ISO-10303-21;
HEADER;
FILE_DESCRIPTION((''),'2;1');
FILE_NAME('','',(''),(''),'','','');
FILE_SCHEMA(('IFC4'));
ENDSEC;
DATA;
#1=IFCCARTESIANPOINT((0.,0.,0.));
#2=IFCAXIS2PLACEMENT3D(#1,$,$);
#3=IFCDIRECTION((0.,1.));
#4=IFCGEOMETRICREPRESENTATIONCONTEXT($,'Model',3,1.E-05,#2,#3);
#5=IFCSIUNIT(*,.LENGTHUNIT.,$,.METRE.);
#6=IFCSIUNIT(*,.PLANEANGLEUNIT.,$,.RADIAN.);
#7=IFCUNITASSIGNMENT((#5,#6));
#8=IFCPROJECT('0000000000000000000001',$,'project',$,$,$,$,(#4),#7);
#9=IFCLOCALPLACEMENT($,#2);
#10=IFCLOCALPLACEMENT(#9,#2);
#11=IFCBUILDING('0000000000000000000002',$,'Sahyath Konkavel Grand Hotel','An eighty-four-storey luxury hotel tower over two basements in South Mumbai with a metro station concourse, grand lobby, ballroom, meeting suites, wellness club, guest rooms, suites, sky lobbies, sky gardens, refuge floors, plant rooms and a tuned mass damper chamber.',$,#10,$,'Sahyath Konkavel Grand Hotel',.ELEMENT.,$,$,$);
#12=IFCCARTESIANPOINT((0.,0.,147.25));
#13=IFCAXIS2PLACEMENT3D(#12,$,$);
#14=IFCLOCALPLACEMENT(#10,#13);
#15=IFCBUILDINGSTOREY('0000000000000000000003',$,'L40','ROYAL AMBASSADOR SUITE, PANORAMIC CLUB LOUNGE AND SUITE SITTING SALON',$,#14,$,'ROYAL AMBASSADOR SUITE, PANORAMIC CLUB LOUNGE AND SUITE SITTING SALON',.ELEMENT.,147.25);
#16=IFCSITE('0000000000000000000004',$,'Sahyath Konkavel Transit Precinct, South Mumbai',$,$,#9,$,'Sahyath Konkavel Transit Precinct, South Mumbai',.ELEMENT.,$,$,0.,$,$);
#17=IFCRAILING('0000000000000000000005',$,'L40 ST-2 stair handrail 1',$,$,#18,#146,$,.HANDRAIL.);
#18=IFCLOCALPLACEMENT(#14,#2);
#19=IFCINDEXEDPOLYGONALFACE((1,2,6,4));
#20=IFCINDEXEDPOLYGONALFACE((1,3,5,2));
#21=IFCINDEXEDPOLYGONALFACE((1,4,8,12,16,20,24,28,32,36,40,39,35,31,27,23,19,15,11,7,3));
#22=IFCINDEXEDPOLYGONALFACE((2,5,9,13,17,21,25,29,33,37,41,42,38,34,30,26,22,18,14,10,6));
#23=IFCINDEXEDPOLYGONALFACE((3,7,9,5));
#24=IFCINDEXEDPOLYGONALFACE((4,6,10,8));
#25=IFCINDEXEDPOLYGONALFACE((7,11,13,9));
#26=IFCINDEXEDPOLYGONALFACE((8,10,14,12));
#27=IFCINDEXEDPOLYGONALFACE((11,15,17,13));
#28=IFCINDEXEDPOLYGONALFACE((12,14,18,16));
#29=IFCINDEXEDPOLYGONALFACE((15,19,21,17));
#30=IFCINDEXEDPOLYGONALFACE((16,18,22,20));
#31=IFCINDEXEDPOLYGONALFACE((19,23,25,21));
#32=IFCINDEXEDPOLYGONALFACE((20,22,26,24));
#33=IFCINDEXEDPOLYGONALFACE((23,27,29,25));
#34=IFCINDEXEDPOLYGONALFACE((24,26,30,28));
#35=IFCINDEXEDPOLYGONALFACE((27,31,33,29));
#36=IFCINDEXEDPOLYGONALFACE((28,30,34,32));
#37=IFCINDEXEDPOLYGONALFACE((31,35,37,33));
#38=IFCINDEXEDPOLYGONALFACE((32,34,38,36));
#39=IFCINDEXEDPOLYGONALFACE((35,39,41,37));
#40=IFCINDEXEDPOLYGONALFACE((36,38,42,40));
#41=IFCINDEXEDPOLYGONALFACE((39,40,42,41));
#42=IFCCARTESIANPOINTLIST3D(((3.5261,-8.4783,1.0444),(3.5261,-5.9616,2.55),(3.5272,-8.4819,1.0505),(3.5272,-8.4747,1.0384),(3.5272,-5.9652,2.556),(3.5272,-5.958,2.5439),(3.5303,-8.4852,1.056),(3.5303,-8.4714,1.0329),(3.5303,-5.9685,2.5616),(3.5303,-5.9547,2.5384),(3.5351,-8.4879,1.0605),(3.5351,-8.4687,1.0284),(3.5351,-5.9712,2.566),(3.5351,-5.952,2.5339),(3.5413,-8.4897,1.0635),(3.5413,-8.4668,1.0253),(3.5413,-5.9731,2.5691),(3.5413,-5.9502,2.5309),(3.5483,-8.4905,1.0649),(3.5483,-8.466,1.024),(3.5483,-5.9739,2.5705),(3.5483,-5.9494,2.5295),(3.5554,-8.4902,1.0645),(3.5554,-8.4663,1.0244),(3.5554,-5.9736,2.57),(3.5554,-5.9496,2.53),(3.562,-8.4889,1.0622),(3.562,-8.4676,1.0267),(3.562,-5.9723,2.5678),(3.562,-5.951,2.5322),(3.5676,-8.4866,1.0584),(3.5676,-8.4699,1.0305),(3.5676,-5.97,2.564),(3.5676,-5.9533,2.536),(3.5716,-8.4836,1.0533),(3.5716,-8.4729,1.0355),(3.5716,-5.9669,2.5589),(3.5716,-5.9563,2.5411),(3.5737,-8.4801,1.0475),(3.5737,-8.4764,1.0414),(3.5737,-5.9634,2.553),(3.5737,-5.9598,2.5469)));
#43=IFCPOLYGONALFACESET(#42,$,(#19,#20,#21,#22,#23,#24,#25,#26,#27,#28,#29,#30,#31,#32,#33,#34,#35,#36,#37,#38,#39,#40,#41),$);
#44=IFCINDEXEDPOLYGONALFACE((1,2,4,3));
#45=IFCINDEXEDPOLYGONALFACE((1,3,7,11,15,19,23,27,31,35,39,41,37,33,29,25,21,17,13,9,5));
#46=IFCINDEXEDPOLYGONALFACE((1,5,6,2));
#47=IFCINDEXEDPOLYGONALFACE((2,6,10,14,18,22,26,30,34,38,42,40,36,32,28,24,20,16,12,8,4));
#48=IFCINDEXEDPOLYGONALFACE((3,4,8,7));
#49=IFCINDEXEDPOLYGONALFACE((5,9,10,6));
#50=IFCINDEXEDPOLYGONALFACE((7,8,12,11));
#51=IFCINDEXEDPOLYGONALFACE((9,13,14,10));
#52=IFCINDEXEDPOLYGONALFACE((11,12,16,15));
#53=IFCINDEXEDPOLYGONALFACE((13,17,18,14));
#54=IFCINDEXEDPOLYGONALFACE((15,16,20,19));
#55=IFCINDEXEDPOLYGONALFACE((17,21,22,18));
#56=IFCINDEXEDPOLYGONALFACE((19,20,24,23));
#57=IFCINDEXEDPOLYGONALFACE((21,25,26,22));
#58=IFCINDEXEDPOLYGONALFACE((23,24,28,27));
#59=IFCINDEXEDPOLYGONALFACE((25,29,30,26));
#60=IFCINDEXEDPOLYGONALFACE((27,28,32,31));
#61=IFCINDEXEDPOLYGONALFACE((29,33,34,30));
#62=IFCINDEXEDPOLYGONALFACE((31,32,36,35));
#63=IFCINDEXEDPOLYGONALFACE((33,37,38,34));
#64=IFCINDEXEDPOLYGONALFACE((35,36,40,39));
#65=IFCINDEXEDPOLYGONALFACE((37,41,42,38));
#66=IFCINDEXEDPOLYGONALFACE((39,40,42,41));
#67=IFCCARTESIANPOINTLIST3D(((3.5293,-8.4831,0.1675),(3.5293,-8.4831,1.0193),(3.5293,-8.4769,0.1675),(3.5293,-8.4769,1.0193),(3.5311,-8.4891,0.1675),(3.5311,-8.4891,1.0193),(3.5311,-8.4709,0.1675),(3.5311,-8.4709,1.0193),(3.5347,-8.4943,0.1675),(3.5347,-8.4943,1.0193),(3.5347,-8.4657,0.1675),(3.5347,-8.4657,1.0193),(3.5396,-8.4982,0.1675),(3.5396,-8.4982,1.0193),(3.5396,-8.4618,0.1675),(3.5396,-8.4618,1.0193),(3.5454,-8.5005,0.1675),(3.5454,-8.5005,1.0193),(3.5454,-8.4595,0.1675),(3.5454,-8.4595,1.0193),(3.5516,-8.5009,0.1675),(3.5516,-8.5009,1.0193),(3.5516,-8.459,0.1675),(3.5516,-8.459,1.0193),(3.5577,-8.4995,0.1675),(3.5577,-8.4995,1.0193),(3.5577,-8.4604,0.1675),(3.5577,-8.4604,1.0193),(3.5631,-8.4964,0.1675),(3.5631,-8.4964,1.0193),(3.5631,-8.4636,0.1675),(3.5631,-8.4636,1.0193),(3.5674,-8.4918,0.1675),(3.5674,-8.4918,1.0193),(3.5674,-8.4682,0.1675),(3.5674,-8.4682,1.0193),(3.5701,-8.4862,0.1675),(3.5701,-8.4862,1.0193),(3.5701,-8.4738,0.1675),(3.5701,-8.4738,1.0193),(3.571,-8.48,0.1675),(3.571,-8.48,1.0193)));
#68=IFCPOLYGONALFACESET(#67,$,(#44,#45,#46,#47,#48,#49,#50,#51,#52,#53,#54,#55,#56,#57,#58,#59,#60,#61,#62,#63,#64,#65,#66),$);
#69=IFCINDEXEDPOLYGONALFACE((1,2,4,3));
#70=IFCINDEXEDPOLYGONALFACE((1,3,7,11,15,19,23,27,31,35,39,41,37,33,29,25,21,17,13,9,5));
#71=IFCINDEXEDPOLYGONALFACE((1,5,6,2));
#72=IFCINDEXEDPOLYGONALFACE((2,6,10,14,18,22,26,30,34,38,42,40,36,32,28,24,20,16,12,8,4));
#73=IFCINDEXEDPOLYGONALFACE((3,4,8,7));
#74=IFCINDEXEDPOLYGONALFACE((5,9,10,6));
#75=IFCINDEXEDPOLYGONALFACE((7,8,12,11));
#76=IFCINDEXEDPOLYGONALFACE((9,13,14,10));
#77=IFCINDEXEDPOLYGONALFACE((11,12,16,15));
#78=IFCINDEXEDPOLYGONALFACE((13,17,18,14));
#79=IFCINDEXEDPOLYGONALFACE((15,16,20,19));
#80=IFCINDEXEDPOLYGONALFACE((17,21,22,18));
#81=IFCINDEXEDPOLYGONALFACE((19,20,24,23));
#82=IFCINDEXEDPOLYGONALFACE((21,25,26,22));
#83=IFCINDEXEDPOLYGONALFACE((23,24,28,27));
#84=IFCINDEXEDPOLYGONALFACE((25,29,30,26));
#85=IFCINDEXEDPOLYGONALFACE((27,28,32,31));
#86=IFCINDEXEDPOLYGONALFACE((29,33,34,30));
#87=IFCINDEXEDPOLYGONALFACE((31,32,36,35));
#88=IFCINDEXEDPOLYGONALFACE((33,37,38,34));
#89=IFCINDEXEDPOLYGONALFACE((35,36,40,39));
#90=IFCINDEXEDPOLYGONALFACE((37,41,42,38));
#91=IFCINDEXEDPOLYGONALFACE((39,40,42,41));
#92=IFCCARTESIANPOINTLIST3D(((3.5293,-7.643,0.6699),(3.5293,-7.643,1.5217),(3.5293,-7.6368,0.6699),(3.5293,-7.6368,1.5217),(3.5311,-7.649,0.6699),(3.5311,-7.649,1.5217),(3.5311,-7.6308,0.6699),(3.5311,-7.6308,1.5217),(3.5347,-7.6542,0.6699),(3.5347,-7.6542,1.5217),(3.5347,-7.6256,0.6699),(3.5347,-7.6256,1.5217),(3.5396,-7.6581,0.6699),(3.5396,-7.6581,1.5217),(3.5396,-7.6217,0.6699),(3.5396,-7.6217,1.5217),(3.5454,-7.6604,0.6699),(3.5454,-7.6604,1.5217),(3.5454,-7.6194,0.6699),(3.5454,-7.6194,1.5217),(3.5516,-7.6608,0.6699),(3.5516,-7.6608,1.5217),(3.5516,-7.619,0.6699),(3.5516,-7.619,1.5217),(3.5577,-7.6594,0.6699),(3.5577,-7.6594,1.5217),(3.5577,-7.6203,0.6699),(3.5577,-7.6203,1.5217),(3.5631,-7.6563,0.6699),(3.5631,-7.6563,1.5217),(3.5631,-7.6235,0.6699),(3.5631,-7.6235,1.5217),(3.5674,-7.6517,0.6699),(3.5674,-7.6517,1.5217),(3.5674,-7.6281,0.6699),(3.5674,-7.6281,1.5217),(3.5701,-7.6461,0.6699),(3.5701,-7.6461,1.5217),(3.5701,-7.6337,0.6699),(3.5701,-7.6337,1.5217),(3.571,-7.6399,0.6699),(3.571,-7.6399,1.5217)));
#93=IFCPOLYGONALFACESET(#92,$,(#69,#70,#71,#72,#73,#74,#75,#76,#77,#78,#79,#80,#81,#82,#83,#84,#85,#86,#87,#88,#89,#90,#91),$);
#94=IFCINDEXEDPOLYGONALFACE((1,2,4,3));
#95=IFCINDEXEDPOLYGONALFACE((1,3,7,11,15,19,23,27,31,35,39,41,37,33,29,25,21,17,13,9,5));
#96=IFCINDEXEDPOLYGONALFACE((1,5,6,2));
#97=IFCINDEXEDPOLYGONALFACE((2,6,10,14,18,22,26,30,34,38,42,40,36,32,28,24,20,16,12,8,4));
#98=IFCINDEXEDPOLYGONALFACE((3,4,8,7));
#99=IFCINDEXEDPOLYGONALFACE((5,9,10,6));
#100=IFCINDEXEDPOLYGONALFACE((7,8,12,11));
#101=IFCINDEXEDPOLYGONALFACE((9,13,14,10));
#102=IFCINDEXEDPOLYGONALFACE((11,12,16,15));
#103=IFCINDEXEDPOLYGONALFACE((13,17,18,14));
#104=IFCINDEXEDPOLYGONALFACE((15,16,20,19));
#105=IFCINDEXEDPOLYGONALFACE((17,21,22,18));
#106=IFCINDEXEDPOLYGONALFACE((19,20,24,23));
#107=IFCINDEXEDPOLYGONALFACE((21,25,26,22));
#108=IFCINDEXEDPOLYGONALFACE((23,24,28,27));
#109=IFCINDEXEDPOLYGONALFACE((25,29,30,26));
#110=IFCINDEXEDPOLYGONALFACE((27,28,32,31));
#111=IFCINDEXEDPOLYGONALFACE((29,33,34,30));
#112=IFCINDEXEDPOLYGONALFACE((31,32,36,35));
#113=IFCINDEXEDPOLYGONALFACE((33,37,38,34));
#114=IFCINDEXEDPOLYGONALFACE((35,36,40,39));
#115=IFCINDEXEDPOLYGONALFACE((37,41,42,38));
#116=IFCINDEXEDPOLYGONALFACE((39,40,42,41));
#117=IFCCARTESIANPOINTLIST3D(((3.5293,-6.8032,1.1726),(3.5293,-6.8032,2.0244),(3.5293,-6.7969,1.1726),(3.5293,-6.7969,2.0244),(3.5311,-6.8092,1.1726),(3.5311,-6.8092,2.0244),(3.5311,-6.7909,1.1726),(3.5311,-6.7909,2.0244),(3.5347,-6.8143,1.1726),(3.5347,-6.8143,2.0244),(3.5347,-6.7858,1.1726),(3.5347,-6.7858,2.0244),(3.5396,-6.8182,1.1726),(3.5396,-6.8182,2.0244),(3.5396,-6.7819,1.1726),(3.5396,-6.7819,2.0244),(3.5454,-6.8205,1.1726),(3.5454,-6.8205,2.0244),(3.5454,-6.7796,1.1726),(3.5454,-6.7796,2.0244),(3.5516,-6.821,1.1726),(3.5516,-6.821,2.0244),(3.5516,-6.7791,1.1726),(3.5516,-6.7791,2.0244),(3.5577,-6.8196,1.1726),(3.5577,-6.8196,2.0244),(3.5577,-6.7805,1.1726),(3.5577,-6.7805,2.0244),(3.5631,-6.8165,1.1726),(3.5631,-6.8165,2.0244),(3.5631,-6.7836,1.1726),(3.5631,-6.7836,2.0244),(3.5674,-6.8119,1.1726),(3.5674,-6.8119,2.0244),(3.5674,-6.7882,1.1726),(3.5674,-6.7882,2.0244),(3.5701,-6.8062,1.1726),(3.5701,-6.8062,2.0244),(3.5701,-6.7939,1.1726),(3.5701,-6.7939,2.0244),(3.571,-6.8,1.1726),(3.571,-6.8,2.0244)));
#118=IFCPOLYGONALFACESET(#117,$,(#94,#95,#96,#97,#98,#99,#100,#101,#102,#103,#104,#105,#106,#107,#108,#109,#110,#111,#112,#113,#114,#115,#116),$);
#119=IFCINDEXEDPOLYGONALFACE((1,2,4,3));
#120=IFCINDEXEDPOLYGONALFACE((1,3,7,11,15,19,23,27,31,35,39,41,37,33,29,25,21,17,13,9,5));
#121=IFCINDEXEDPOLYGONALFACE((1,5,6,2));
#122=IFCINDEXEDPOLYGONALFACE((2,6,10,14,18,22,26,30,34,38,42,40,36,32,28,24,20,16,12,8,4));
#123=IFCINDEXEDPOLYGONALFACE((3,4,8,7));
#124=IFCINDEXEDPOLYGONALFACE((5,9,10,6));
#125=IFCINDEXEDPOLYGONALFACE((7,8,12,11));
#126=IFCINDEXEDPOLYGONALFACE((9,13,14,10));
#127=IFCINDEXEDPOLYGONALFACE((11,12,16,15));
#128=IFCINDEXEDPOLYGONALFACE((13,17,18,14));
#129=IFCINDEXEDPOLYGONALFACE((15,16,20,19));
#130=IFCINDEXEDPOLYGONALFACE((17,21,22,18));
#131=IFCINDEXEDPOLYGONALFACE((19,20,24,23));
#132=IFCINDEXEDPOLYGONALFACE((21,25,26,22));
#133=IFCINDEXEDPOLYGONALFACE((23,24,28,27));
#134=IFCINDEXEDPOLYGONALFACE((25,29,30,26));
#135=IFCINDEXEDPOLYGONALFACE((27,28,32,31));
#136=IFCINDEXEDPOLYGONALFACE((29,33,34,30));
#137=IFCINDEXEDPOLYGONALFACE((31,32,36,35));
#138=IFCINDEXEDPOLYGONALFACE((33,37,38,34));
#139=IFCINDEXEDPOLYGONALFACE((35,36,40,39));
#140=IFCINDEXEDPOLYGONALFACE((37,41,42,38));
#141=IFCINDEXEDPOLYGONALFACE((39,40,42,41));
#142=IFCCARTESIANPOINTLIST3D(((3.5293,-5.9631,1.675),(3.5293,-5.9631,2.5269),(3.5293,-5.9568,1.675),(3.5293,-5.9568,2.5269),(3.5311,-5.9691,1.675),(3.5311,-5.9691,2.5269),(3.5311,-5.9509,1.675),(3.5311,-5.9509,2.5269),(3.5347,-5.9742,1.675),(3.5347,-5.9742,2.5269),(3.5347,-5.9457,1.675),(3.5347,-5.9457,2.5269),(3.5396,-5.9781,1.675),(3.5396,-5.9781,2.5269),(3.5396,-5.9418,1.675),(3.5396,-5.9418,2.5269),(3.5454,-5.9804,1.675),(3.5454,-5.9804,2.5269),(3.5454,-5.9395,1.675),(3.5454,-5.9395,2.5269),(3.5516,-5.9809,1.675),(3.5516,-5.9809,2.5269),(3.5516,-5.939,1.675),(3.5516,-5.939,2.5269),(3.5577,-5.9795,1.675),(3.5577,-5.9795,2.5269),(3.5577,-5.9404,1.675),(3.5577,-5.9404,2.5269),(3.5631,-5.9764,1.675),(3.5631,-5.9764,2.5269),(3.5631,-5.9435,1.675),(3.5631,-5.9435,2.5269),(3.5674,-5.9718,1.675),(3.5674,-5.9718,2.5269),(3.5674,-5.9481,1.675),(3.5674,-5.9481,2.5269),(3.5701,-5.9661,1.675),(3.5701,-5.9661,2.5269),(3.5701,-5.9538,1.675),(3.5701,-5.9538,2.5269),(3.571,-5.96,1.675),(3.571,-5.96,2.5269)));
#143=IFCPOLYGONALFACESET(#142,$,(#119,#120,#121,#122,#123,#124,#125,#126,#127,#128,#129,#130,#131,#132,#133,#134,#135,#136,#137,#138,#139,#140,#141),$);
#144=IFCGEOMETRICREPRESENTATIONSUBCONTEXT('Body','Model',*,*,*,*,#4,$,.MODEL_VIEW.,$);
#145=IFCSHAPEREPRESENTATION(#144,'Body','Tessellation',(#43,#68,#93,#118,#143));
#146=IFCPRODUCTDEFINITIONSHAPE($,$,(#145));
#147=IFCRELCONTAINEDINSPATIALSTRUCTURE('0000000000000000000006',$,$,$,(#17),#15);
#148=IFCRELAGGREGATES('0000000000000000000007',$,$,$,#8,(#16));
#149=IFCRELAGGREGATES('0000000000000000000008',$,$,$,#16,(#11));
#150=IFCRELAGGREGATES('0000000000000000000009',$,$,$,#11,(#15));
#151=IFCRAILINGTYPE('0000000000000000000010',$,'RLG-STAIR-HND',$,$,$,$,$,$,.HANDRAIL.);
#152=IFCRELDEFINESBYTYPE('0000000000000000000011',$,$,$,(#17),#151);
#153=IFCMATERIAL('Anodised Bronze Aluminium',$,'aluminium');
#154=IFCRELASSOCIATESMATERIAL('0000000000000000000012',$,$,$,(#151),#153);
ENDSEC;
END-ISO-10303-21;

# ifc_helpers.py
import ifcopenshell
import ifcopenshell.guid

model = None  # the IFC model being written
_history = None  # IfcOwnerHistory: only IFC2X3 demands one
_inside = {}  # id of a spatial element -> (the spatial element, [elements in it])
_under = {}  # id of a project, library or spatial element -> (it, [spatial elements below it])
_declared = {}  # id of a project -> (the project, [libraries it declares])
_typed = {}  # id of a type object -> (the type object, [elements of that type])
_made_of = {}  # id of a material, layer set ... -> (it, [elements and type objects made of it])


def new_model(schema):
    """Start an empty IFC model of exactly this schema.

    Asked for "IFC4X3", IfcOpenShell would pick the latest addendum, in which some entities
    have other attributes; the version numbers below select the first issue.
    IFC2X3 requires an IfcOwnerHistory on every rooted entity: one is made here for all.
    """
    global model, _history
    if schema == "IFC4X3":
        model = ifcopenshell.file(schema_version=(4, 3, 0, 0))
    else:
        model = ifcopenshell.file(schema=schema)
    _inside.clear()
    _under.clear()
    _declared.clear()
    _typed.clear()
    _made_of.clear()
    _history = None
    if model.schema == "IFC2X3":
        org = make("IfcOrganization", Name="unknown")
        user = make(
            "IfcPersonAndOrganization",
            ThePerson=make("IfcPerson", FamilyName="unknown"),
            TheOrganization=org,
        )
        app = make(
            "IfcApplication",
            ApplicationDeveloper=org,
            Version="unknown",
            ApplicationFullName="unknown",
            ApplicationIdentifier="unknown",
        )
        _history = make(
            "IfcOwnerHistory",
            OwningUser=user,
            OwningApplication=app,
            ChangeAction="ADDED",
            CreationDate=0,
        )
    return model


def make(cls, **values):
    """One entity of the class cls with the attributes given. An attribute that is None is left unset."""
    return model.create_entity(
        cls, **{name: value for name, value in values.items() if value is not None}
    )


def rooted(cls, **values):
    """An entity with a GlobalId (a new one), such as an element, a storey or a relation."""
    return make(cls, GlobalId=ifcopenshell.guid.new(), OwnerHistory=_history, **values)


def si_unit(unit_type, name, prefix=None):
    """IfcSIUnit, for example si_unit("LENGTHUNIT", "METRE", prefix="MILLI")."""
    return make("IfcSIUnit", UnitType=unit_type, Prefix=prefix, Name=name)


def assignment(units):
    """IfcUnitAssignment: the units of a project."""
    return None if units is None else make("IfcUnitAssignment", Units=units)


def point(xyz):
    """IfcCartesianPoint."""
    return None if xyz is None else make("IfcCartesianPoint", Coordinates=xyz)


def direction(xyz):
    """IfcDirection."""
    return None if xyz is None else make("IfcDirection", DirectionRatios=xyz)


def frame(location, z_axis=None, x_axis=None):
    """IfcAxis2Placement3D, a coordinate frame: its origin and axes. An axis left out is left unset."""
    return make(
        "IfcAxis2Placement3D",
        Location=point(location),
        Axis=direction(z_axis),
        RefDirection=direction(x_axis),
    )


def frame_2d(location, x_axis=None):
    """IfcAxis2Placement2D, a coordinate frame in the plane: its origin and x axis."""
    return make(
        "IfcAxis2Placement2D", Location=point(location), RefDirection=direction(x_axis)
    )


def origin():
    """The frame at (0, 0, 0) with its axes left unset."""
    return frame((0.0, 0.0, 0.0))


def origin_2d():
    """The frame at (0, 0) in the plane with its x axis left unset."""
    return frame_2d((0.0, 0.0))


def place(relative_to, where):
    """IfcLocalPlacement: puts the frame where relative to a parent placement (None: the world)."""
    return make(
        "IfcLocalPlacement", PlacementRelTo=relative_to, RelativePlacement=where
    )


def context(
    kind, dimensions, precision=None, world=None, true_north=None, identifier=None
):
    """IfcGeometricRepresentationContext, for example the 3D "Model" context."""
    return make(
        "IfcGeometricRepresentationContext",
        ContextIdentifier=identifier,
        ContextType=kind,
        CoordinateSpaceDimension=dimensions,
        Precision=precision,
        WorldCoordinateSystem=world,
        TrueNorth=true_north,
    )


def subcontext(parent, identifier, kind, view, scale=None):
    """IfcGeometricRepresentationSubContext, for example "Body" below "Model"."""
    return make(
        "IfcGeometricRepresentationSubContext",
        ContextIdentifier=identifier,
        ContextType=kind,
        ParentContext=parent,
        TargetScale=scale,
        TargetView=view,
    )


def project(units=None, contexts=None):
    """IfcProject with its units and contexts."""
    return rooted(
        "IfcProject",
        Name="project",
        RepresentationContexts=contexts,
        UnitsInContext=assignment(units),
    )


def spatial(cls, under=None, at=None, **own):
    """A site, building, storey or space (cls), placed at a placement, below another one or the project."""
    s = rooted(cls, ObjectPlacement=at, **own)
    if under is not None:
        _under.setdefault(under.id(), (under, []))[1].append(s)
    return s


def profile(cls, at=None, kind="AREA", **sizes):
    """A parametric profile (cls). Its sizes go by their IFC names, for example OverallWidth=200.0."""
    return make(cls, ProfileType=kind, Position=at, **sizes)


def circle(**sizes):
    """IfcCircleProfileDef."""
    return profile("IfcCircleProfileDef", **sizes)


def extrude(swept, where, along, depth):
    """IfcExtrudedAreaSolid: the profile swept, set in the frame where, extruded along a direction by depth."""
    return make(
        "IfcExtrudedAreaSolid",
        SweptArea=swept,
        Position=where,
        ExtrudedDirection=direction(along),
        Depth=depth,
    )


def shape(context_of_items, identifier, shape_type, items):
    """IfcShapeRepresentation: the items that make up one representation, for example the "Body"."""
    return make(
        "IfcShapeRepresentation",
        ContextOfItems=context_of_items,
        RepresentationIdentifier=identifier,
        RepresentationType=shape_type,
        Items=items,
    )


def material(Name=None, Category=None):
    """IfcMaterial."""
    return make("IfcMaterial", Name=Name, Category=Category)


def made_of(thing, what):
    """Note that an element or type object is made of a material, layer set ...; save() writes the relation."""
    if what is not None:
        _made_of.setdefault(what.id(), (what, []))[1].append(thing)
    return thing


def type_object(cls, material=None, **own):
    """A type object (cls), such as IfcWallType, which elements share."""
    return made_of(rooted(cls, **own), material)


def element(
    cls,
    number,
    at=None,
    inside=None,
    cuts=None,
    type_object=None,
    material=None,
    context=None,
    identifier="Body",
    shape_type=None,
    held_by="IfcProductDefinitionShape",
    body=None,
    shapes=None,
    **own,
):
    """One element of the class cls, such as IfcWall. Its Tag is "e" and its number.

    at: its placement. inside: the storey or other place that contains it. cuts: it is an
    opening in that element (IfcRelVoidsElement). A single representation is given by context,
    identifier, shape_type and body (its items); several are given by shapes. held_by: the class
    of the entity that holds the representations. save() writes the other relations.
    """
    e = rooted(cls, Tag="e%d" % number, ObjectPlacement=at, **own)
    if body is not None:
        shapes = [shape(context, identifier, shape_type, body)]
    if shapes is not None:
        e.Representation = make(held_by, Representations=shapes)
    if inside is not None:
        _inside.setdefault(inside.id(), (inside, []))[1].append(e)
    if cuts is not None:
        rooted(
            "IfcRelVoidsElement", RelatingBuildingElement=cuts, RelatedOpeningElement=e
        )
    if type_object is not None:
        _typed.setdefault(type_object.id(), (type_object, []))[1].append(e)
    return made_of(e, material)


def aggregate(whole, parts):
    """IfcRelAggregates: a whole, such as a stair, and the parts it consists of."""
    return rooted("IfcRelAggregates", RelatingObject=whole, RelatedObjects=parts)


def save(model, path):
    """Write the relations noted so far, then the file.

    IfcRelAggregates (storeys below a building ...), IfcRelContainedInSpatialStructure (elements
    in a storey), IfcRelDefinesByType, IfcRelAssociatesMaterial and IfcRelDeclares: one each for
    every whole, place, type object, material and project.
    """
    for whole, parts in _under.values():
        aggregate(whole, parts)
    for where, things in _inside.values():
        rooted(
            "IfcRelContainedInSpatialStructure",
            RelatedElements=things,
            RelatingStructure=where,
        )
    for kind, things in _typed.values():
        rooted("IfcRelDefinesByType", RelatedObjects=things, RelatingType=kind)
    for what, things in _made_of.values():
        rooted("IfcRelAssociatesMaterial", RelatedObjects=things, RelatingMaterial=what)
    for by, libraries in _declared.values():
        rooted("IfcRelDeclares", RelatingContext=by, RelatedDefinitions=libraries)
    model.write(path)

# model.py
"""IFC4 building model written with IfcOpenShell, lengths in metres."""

from ifc_helpers import new_model, si_unit, direction, frame, origin, origin_2d, place, context, subcontext, project, spatial, circle, extrude, material, type_object, element, save


model = new_model("IFC4")

# Units and contexts
model_context = context("Model", 3, precision=1e-05, world=origin(), true_north=direction((0.0, 1.0)))
body_context = subcontext(model_context, "Body", "Model", "MODEL_VIEW")
ifc_project = project(units=[si_unit("LENGTHUNIT", "METRE"), si_unit("PLANEANGLEUNIT", "RADIAN")], contexts=[model_context])

# Site, building, storey
site_placement = place(None, origin())
site = spatial("IfcSite", under=ifc_project, at=site_placement, Name="Sahyath Konkavel Transit Precinct, South Mumbai", LongName="Sahyath Konkavel Transit Precinct, South Mumbai", CompositionType="ELEMENT", RefElevation=0.0)
building_placement = place(site_placement, origin())
building = spatial("IfcBuilding", under=site, at=building_placement, Name="Sahyath Konkavel Grand Hotel", Description="An eighty-four-storey luxury hotel tower over two basements in South Mumbai with a metro station concourse, grand lobby, ballroom, meeting suites, wellness club, guest rooms, suites, sky lobbies, sky gardens, refuge floors, plant rooms and a tuned mass damper chamber.", LongName="Sahyath Konkavel Grand Hotel", CompositionType="ELEMENT")
storey_placement = place(building_placement, frame((0.0, 0.0, 147.25)))
storey = spatial("IfcBuildingStorey", under=building, at=storey_placement, Name="L40", Description="ROYAL AMBASSADOR SUITE, PANORAMIC CLUB LOUNGE AND SUITE SITTING SALON", LongName="ROYAL AMBASSADOR SUITE, PANORAMIC CLUB LOUNGE AND SUITE SITTING SALON", CompositionType="ELEMENT", Elevation=147.25)

# Shared definitions
ifc_material_1 = material(Name="Anodised Bronze Aluminium", Category="aluminium")

# Railing
railing_type_1 = type_object("IfcRailingType", Name="RLG-STAIR-HND", PredefinedType="HANDRAIL", material=ifc_material_1)
railing_1_placement = place(storey_placement, frame((3.55, -8.48, 0.1675)))
element("IfcRailing", 1, at=railing_1_placement, inside=storey, type_object=railing_type_1, Name="L40 ST-2 stair handrail 1", PredefinedType="HANDRAIL", context=body_context, shape_type="SweptSolid", body=[
    extrude(circle(Radius=0.0239, at=origin_2d()), frame((0.0, 0.0017, 0.877), z_axis=(0.0, 0.85816, 0.513383), x_axis=(-1.0, 0.0, 0.0)), (0.0, 0.0, 1.0), 2.9326),
    extrude(circle(Radius=0.021, at=origin_2d()), origin(), (0.0, 0.0, 1.0), 0.8518),
    extrude(circle(Radius=0.021, at=origin_2d()), frame((0.0, 0.8401, 0.5024)), (0.0, 0.0, 1.0), 0.8518),
    extrude(circle(Radius=0.021, at=origin_2d()), frame((0.0, 1.6799, 1.0051)), (0.0, 0.0, 1.0), 0.8518),
    extrude(circle(Radius=0.021, at=origin_2d()), frame((0.0, 2.52, 1.5076)), (0.0, 0.0, 1.0), 0.8518),
])

save(model, "model.ifc")
